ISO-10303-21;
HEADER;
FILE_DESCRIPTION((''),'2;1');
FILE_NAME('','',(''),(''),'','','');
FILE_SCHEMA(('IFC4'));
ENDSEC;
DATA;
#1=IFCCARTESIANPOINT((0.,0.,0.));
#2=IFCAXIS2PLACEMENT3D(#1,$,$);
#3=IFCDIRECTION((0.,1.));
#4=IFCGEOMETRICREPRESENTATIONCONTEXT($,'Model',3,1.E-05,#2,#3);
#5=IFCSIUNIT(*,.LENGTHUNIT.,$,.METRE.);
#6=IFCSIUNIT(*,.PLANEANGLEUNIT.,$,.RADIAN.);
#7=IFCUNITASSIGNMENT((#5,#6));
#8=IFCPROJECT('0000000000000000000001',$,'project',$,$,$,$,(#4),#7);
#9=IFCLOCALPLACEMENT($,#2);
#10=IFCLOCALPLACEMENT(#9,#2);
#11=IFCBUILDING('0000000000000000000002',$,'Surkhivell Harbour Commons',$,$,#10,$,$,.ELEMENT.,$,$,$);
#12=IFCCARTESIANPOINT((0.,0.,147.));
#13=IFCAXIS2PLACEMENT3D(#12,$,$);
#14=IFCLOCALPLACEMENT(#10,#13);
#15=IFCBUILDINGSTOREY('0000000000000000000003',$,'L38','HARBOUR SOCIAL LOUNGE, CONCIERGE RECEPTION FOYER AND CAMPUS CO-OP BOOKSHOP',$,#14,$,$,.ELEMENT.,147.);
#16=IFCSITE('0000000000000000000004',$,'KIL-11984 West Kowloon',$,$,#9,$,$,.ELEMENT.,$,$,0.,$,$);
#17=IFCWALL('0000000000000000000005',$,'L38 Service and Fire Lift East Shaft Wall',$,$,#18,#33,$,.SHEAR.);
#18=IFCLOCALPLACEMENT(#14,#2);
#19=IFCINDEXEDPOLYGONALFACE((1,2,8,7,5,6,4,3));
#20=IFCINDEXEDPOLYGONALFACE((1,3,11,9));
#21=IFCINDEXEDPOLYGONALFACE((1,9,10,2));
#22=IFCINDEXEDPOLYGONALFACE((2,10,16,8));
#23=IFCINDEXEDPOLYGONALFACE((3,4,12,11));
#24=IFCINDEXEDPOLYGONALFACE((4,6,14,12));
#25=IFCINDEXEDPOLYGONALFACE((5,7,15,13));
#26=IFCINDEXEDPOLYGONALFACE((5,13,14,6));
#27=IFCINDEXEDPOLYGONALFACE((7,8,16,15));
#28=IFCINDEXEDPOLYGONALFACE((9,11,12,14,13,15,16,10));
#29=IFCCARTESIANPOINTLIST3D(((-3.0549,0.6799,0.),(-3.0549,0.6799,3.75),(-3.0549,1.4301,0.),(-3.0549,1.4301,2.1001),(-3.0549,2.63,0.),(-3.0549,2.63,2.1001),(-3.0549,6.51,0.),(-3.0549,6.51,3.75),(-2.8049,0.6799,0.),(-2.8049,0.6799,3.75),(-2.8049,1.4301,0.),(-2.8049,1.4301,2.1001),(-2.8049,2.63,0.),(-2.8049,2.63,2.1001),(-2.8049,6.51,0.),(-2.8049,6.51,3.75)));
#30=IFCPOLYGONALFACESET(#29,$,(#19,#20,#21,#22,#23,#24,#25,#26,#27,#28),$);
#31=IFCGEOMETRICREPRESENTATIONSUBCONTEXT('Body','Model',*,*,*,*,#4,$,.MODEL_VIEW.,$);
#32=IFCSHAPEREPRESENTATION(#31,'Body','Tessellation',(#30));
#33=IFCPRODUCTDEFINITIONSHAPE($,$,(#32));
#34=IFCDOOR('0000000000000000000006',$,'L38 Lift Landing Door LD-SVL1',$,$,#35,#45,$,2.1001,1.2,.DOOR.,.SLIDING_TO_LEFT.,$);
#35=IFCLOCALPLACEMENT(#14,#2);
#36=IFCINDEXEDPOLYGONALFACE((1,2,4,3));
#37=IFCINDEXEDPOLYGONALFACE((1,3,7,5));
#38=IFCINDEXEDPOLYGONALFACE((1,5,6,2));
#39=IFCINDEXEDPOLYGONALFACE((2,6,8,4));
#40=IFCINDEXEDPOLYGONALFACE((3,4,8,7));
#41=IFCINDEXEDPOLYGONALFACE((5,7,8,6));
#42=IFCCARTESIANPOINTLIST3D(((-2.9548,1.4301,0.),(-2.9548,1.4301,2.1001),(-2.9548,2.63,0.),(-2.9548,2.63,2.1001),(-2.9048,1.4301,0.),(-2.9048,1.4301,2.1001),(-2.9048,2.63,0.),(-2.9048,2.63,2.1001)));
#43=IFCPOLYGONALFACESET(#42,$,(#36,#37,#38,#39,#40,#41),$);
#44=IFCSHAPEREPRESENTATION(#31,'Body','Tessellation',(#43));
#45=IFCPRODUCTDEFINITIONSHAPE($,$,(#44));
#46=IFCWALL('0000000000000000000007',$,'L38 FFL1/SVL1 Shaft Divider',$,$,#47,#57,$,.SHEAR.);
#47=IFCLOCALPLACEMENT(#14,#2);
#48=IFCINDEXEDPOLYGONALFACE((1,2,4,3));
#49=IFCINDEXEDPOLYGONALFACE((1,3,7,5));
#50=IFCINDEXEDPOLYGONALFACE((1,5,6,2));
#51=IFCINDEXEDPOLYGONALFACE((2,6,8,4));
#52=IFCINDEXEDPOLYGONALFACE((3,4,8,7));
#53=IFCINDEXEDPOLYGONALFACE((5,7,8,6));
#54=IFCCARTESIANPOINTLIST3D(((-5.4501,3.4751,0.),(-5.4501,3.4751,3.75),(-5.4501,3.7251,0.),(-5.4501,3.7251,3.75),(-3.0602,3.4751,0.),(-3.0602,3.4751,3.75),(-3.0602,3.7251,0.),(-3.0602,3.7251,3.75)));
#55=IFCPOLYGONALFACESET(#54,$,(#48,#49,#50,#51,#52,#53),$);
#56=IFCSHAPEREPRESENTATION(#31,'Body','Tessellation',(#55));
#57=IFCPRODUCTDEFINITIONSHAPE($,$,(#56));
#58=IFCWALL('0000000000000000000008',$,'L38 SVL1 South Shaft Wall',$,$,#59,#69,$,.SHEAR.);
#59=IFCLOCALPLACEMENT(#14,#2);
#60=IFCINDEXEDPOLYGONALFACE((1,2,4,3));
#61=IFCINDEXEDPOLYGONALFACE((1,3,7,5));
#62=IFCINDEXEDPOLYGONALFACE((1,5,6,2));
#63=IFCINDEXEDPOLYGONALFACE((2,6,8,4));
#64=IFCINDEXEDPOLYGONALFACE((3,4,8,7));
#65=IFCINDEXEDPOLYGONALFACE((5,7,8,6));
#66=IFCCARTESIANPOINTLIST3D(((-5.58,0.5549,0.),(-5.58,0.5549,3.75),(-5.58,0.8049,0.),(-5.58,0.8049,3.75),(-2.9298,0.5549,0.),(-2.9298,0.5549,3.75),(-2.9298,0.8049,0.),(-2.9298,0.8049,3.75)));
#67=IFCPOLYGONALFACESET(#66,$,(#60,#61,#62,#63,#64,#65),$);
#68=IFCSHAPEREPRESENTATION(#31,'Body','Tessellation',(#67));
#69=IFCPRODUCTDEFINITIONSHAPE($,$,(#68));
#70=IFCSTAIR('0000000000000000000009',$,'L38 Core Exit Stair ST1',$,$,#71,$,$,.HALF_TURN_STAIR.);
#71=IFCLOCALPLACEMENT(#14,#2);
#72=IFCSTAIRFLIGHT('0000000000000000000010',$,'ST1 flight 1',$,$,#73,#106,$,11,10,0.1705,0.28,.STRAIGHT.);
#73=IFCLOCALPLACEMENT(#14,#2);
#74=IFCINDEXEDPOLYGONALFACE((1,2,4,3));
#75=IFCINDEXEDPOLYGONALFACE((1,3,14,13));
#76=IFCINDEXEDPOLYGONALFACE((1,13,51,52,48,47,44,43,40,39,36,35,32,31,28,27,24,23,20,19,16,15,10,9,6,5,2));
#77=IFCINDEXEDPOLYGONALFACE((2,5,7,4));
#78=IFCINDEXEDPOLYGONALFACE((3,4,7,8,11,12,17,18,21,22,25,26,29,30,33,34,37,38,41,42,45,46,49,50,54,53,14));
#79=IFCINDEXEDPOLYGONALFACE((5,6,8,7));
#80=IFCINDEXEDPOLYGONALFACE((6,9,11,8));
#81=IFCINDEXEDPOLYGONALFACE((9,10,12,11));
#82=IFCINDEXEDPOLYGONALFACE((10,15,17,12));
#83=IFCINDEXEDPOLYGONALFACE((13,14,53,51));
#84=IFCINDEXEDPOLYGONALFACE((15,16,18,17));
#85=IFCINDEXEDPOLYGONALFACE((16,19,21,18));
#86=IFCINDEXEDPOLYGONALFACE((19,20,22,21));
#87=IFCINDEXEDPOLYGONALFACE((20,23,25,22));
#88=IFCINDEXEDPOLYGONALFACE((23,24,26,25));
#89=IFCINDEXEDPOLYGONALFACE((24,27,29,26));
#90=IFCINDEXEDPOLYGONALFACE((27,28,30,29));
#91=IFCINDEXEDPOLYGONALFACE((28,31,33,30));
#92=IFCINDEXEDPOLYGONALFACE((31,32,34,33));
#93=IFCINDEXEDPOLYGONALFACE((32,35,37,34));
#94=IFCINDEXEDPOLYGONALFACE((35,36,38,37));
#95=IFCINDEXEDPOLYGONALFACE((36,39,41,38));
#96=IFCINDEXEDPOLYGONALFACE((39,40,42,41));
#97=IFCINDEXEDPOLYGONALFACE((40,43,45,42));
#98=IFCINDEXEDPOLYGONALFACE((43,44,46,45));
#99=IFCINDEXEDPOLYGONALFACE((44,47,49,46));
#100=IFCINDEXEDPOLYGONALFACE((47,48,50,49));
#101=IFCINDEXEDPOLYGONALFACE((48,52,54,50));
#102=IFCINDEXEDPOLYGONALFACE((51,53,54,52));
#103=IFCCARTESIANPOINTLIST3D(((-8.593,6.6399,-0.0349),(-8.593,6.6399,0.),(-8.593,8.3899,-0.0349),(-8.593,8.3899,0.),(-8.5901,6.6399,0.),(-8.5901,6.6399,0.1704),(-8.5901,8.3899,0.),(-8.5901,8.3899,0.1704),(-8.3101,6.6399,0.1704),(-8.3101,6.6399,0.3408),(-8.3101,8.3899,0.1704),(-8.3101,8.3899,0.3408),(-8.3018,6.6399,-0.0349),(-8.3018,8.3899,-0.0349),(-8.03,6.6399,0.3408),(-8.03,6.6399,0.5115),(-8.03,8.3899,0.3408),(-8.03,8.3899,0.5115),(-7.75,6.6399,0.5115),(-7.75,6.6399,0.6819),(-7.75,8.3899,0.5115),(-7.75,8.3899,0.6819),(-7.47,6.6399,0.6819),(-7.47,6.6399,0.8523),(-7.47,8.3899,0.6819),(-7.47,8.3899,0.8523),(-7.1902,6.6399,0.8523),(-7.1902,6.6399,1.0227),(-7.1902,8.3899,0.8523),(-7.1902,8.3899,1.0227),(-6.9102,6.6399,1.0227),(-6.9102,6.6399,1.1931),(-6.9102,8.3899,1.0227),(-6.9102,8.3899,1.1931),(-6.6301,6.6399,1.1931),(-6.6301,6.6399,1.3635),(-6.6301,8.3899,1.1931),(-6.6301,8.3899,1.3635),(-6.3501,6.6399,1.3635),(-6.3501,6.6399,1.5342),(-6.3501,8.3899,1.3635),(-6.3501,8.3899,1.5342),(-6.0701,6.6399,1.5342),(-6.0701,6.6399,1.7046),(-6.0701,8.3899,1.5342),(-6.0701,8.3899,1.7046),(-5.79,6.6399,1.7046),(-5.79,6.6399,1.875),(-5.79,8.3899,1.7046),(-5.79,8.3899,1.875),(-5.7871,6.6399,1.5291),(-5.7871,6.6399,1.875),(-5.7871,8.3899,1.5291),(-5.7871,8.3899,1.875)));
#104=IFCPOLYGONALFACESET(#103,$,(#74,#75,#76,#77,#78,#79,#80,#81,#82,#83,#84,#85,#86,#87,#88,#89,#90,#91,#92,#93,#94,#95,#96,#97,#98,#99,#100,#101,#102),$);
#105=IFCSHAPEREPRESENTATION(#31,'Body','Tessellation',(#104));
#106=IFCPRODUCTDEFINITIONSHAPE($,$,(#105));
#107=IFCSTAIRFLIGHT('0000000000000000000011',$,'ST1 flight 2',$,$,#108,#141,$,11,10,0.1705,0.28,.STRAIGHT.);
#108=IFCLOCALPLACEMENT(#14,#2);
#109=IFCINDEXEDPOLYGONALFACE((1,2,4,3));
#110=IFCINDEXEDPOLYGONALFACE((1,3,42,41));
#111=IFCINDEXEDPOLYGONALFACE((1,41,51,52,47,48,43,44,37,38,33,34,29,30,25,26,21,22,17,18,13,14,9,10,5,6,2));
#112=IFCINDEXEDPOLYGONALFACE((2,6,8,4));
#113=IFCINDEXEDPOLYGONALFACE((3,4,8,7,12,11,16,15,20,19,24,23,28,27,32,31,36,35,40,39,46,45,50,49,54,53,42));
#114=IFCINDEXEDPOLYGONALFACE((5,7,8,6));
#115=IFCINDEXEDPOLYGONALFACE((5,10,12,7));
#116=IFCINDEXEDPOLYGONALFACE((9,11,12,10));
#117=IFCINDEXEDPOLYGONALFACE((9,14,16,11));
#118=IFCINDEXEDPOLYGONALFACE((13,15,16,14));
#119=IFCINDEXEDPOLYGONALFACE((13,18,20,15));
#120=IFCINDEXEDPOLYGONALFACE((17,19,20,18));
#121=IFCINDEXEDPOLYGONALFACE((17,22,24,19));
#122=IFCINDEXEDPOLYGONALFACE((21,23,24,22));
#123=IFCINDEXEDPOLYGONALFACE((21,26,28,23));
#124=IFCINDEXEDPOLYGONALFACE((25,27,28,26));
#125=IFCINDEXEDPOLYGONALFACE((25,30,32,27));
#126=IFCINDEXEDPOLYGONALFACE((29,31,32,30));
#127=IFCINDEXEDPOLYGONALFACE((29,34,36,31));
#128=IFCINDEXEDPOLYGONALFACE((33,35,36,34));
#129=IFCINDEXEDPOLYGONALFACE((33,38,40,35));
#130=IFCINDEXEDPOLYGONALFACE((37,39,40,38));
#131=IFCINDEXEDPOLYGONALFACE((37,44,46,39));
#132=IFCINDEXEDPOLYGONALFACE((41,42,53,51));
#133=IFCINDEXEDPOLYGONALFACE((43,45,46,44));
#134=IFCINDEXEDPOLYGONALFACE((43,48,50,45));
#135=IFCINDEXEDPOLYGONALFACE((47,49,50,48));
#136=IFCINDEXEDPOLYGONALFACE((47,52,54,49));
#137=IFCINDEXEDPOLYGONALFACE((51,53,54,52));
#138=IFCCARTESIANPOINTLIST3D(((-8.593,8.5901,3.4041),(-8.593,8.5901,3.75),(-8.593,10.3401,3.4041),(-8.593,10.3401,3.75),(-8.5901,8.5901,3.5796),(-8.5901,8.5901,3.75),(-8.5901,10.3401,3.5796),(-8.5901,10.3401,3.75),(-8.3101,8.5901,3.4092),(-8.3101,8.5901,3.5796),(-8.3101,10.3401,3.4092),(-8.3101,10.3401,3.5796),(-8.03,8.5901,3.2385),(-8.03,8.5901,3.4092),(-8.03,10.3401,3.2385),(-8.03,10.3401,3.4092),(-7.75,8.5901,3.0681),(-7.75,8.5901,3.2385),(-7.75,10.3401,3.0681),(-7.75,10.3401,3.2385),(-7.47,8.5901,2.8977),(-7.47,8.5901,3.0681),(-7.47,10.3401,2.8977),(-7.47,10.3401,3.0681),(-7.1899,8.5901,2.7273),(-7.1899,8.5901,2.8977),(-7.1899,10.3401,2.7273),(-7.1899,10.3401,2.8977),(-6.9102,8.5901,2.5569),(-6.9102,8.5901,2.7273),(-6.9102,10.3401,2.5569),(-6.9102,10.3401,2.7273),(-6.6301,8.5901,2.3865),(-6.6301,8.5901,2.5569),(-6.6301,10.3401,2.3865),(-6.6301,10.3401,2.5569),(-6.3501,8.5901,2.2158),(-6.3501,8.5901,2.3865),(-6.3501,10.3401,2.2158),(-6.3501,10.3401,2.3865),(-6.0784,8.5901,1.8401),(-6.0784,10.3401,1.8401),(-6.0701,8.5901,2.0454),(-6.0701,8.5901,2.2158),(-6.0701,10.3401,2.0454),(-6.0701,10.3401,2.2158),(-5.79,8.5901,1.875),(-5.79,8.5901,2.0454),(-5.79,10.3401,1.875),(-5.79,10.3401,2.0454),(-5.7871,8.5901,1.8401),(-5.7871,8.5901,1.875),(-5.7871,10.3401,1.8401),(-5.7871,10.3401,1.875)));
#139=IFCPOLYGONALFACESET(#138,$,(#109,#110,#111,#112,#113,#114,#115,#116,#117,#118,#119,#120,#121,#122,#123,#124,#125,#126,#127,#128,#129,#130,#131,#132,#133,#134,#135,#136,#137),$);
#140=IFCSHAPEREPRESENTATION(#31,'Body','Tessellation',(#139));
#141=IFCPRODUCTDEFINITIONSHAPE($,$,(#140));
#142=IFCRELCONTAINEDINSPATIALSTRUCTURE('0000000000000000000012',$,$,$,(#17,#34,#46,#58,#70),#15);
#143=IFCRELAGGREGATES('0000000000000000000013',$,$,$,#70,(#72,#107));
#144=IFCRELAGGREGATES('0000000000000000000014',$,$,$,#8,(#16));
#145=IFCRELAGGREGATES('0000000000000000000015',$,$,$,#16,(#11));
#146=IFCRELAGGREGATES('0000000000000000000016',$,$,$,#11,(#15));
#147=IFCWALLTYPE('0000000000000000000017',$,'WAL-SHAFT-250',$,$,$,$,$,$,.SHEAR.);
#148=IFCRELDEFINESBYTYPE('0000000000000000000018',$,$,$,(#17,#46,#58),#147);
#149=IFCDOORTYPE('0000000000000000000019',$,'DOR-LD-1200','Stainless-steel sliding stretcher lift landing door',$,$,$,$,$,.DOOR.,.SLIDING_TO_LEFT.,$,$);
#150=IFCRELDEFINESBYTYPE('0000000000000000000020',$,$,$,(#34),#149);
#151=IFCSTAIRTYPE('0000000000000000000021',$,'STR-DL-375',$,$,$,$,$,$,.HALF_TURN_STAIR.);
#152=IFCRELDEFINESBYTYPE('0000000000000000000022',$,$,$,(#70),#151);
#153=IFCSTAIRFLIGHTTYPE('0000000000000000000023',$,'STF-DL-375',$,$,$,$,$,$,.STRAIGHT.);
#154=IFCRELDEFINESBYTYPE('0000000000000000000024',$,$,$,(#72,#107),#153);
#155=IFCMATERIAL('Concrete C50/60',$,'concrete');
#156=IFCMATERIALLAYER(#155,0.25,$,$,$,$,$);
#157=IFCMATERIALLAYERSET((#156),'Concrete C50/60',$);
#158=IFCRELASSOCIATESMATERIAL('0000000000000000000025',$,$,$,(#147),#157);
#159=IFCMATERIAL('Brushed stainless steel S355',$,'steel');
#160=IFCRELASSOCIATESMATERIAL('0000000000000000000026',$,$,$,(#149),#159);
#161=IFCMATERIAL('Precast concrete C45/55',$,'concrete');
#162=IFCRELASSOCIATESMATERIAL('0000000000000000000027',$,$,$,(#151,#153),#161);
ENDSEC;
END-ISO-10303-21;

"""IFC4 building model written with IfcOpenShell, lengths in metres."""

from ifc_helpers import new_model, si_unit, direction, frame, frame_2d, origin, place, context, subcontext, project, spatial, polyline, rectangle, outline, extrude, material, layer, layer_set, type_object, element, fill, aggregate, save


model = new_model("IFC4")

# Units and contexts
model_context = context("Model", 3, precision=1e-05, world=origin(), true_north=direction((0.0, 1.0)))
body_context = subcontext(model_context, "Body", "Model", "MODEL_VIEW")
ifc_project = project(units=[si_unit("LENGTHUNIT", "METRE"), si_unit("PLANEANGLEUNIT", "RADIAN")], contexts=[model_context])

# Site, building, storey
site_placement = place(None, origin())
site = spatial("IfcSite", under=ifc_project, at=site_placement, Name="KIL-11984 West Kowloon", CompositionType="ELEMENT", RefElevation=0.0)
building_placement = place(site_placement, origin())
building = spatial("IfcBuilding", under=site, at=building_placement, Name="Surkhivell Harbour Commons", CompositionType="ELEMENT")
storey_placement = place(building_placement, frame((0.0, 0.0, 147.0)))
storey = spatial("IfcBuildingStorey", under=building, at=storey_placement, Name="L38", Description="HARBOUR SOCIAL LOUNGE, CONCIERGE RECEPTION FOYER AND CAMPUS CO-OP BOOKSHOP", CompositionType="ELEMENT", Elevation=147.0)

# Wall, opening, door
ifc_material_1 = material(Name="Concrete C50/60", Category="concrete")
ifc_layer_1 = layer(ifc_material_1, 0.25)
ifc_layer_set_1 = layer_set([ifc_layer_1], Name="Concrete C50/60")
wall_type_1 = type_object("IfcWallType", Name="WAL-SHAFT-250", PredefinedType="SHEAR", material=ifc_layer_set_1)
ifc_material_2 = material(Name="Brushed stainless steel S355", Category="steel")
wall_1_placement = place(storey_placement, frame((-2.9299, 0.6799, 0.0), z_axis=(0.0, 0.0, 1.0), x_axis=(0.0, 1.0, 0.0)))
wall_1 = element("IfcWall", 1, at=wall_1_placement, inside=storey, type_object=wall_type_1, Name="L38 Service and Fire Lift East Shaft Wall", PredefinedType="SHEAR", context=body_context, shape_type="SweptSolid", body=[
    extrude(rectangle(XDim=5.8301, YDim=0.25, at=frame_2d((2.915, 0.0))), origin(), (0.0, 0.0, 1.0), 3.75),
])
opening_1_placement = place(wall_1_placement, frame((0.75, 0.0, 0.0)))
opening_1 = element("IfcOpeningElement", 2, at=opening_1_placement, cuts=wall_1, PredefinedType="OPENING", context=body_context, shape_type="SweptSolid", body=[
    extrude(rectangle(XDim=1.2, YDim=2.1001, at=frame_2d((0.6001, 1.05))), frame((0.0, 0.135, 0.0), z_axis=(0.0, -1.0, 0.0), x_axis=(1.0, 0.0, 0.0)), (0.0, 0.0, 1.0), 0.27),
])
door_type_1 = type_object("IfcDoorType", Name="DOR-LD-1200", Description="Stainless-steel sliding stretcher lift landing door", OperationType="SLIDING_TO_LEFT", PredefinedType="DOOR", material=ifc_material_2)
door_1_placement = place(opening_1_placement, origin())
door_1 = element("IfcDoor", 3, at=door_1_placement, inside=storey, type_object=door_type_1, Name="L38 Lift Landing Door LD-SVL1", OperationType="SLIDING_TO_LEFT", OverallHeight=2.1001, OverallWidth=1.2, PredefinedType="DOOR", context=body_context, shape_type="SweptSolid", body=[
    extrude(rectangle(XDim=1.2, YDim=2.1001, at=frame_2d((0.6001, 1.05))), frame((0.0, 0.0249, 0.0), z_axis=(0.0, -1.0, 0.0), x_axis=(1.0, 0.0, 0.0)), (0.0, 0.0, 1.0), 0.05),
])
fill(opening_1, door_1)

# Walls
wall_2_placement = place(storey_placement, frame((-5.45, 3.6001, 0.0), z_axis=(0.0, 0.0, 1.0), x_axis=(1.0, 0.0, 0.0)))
element("IfcWall", 4, at=wall_2_placement, inside=storey, type_object=wall_type_1, Name="L38 FFL1/SVL1 Shaft Divider", PredefinedType="SHEAR", context=body_context, shape_type="SweptSolid", body=[
    extrude(rectangle(XDim=2.3899, YDim=0.25, at=frame_2d((1.1948, 0.0))), origin(), (0.0, 0.0, 1.0), 3.75),
])
wall_3_placement = place(storey_placement, frame((-5.5801, 0.6799, 0.0), z_axis=(0.0, 0.0, 1.0), x_axis=(1.0, 0.0, 0.0)))
element("IfcWall", 5, at=wall_3_placement, inside=storey, type_object=wall_type_1, Name="L38 SVL1 South Shaft Wall", PredefinedType="SHEAR", context=body_context, shape_type="SweptSolid", body=[
    extrude(rectangle(XDim=2.6501, YDim=0.25, at=frame_2d((1.3252, 0.0))), origin(), (0.0, 0.0, 1.0), 3.75),
])

# Stair, stair flights
ifc_material_3 = material(Name="Precast concrete C45/55", Category="concrete")
stair_type = type_object("IfcStairType", Name="STR-DL-375", PredefinedType="HALF_TURN_STAIR", material=ifc_material_3)
stair_placement = place(storey_placement, origin())
stair = element("IfcStair", 6, at=stair_placement, inside=storey, type_object=stair_type, Name="L38 Core Exit Stair ST1", PredefinedType="HALF_TURN_STAIR")
stair_flight_type = type_object("IfcStairFlightType", Name="STF-DL-375", PredefinedType="STRAIGHT", material=ifc_material_3)
stair_flight_1_placement = place(storey_placement, frame((-8.5901, 7.5149, 0.0), z_axis=(0.0, 0.0, 1.0), x_axis=(1.0, 0.0, 0.0)))
stair_flight_1 = element("IfcStairFlight", 7, at=stair_flight_1_placement, type_object=stair_flight_type, Name="ST1 flight 1", NumberOfRisers=11, NumberOfTreads=10, PredefinedType="STRAIGHT", RiserHeight=0.1705, TreadLength=0.28, context=body_context, shape_type="SweptSolid", body=[
    extrude(outline(polyline([(-0.0029, -0.0349), (-0.0029, 0.0), (0.0, 0.0), (0.0, 0.1704), (0.28, 0.1704), (0.28, 0.3408), (0.5601, 0.3408), (0.5601, 0.5115), (0.8401, 0.5115), (0.8401, 0.6819), (1.1201, 0.6819), (1.1201, 0.8523), (1.3999, 0.8523), (1.3999, 1.0227), (1.6799, 1.0227), (1.6799, 1.1931), (1.96, 1.1931), (1.96, 1.3635), (2.24, 1.3635), (2.24, 1.5342), (2.52, 1.5342), (2.52, 1.7046), (2.8, 1.7046), (2.8, 1.875), (2.803, 1.875), (2.803, 1.5291), (0.2883, -0.0349), (-0.0029, -0.0349)])), frame((0.0, 0.875, 0.0), z_axis=(0.0, -1.0, 0.0), x_axis=(1.0, 0.0, 0.0)), (0.0, 0.0, 1.0), 1.75),
])
stair_flight_2_placement = place(storey_placement, frame((-5.79, 9.4651, 1.875), z_axis=(0.0, 0.0, 1.0), x_axis=(-1.0, 0.0, 0.0)))
stair_flight_2 = element("IfcStairFlight", 8, at=stair_flight_2_placement, type_object=stair_flight_type, Name="ST1 flight 2", NumberOfRisers=11, NumberOfTreads=10, PredefinedType="STRAIGHT", RiserHeight=0.1705, TreadLength=0.28, context=body_context, shape_type="SweptSolid", body=[
    extrude(outline(polyline([(-0.0029, -0.0349), (-0.0029, 0.0), (0.0, 0.0), (0.0, 0.1704), (0.28, 0.1704), (0.28, 0.3408), (0.5601, 0.3408), (0.5601, 0.5115), (0.8401, 0.5115), (0.8401, 0.6819), (1.1201, 0.6819), (1.1201, 0.8523), (1.3999, 0.8523), (1.3999, 1.0227), (1.6799, 1.0227), (1.6799, 1.1931), (1.96, 1.1931), (1.96, 1.3635), (2.24, 1.3635), (2.24, 1.5342), (2.52, 1.5342), (2.52, 1.7046), (2.8, 1.7046), (2.8, 1.875), (2.803, 1.875), (2.803, 1.5291), (0.2883, -0.0349), (-0.0029, -0.0349)])), frame((0.0, 0.875, 0.0), z_axis=(0.0, -1.0, 0.0), x_axis=(1.0, 0.0, 0.0)), (0.0, 0.0, 1.0), 1.75),
])
aggregate(stair, [stair_flight_1, stair_flight_2])

save(model, "model.ifc")
